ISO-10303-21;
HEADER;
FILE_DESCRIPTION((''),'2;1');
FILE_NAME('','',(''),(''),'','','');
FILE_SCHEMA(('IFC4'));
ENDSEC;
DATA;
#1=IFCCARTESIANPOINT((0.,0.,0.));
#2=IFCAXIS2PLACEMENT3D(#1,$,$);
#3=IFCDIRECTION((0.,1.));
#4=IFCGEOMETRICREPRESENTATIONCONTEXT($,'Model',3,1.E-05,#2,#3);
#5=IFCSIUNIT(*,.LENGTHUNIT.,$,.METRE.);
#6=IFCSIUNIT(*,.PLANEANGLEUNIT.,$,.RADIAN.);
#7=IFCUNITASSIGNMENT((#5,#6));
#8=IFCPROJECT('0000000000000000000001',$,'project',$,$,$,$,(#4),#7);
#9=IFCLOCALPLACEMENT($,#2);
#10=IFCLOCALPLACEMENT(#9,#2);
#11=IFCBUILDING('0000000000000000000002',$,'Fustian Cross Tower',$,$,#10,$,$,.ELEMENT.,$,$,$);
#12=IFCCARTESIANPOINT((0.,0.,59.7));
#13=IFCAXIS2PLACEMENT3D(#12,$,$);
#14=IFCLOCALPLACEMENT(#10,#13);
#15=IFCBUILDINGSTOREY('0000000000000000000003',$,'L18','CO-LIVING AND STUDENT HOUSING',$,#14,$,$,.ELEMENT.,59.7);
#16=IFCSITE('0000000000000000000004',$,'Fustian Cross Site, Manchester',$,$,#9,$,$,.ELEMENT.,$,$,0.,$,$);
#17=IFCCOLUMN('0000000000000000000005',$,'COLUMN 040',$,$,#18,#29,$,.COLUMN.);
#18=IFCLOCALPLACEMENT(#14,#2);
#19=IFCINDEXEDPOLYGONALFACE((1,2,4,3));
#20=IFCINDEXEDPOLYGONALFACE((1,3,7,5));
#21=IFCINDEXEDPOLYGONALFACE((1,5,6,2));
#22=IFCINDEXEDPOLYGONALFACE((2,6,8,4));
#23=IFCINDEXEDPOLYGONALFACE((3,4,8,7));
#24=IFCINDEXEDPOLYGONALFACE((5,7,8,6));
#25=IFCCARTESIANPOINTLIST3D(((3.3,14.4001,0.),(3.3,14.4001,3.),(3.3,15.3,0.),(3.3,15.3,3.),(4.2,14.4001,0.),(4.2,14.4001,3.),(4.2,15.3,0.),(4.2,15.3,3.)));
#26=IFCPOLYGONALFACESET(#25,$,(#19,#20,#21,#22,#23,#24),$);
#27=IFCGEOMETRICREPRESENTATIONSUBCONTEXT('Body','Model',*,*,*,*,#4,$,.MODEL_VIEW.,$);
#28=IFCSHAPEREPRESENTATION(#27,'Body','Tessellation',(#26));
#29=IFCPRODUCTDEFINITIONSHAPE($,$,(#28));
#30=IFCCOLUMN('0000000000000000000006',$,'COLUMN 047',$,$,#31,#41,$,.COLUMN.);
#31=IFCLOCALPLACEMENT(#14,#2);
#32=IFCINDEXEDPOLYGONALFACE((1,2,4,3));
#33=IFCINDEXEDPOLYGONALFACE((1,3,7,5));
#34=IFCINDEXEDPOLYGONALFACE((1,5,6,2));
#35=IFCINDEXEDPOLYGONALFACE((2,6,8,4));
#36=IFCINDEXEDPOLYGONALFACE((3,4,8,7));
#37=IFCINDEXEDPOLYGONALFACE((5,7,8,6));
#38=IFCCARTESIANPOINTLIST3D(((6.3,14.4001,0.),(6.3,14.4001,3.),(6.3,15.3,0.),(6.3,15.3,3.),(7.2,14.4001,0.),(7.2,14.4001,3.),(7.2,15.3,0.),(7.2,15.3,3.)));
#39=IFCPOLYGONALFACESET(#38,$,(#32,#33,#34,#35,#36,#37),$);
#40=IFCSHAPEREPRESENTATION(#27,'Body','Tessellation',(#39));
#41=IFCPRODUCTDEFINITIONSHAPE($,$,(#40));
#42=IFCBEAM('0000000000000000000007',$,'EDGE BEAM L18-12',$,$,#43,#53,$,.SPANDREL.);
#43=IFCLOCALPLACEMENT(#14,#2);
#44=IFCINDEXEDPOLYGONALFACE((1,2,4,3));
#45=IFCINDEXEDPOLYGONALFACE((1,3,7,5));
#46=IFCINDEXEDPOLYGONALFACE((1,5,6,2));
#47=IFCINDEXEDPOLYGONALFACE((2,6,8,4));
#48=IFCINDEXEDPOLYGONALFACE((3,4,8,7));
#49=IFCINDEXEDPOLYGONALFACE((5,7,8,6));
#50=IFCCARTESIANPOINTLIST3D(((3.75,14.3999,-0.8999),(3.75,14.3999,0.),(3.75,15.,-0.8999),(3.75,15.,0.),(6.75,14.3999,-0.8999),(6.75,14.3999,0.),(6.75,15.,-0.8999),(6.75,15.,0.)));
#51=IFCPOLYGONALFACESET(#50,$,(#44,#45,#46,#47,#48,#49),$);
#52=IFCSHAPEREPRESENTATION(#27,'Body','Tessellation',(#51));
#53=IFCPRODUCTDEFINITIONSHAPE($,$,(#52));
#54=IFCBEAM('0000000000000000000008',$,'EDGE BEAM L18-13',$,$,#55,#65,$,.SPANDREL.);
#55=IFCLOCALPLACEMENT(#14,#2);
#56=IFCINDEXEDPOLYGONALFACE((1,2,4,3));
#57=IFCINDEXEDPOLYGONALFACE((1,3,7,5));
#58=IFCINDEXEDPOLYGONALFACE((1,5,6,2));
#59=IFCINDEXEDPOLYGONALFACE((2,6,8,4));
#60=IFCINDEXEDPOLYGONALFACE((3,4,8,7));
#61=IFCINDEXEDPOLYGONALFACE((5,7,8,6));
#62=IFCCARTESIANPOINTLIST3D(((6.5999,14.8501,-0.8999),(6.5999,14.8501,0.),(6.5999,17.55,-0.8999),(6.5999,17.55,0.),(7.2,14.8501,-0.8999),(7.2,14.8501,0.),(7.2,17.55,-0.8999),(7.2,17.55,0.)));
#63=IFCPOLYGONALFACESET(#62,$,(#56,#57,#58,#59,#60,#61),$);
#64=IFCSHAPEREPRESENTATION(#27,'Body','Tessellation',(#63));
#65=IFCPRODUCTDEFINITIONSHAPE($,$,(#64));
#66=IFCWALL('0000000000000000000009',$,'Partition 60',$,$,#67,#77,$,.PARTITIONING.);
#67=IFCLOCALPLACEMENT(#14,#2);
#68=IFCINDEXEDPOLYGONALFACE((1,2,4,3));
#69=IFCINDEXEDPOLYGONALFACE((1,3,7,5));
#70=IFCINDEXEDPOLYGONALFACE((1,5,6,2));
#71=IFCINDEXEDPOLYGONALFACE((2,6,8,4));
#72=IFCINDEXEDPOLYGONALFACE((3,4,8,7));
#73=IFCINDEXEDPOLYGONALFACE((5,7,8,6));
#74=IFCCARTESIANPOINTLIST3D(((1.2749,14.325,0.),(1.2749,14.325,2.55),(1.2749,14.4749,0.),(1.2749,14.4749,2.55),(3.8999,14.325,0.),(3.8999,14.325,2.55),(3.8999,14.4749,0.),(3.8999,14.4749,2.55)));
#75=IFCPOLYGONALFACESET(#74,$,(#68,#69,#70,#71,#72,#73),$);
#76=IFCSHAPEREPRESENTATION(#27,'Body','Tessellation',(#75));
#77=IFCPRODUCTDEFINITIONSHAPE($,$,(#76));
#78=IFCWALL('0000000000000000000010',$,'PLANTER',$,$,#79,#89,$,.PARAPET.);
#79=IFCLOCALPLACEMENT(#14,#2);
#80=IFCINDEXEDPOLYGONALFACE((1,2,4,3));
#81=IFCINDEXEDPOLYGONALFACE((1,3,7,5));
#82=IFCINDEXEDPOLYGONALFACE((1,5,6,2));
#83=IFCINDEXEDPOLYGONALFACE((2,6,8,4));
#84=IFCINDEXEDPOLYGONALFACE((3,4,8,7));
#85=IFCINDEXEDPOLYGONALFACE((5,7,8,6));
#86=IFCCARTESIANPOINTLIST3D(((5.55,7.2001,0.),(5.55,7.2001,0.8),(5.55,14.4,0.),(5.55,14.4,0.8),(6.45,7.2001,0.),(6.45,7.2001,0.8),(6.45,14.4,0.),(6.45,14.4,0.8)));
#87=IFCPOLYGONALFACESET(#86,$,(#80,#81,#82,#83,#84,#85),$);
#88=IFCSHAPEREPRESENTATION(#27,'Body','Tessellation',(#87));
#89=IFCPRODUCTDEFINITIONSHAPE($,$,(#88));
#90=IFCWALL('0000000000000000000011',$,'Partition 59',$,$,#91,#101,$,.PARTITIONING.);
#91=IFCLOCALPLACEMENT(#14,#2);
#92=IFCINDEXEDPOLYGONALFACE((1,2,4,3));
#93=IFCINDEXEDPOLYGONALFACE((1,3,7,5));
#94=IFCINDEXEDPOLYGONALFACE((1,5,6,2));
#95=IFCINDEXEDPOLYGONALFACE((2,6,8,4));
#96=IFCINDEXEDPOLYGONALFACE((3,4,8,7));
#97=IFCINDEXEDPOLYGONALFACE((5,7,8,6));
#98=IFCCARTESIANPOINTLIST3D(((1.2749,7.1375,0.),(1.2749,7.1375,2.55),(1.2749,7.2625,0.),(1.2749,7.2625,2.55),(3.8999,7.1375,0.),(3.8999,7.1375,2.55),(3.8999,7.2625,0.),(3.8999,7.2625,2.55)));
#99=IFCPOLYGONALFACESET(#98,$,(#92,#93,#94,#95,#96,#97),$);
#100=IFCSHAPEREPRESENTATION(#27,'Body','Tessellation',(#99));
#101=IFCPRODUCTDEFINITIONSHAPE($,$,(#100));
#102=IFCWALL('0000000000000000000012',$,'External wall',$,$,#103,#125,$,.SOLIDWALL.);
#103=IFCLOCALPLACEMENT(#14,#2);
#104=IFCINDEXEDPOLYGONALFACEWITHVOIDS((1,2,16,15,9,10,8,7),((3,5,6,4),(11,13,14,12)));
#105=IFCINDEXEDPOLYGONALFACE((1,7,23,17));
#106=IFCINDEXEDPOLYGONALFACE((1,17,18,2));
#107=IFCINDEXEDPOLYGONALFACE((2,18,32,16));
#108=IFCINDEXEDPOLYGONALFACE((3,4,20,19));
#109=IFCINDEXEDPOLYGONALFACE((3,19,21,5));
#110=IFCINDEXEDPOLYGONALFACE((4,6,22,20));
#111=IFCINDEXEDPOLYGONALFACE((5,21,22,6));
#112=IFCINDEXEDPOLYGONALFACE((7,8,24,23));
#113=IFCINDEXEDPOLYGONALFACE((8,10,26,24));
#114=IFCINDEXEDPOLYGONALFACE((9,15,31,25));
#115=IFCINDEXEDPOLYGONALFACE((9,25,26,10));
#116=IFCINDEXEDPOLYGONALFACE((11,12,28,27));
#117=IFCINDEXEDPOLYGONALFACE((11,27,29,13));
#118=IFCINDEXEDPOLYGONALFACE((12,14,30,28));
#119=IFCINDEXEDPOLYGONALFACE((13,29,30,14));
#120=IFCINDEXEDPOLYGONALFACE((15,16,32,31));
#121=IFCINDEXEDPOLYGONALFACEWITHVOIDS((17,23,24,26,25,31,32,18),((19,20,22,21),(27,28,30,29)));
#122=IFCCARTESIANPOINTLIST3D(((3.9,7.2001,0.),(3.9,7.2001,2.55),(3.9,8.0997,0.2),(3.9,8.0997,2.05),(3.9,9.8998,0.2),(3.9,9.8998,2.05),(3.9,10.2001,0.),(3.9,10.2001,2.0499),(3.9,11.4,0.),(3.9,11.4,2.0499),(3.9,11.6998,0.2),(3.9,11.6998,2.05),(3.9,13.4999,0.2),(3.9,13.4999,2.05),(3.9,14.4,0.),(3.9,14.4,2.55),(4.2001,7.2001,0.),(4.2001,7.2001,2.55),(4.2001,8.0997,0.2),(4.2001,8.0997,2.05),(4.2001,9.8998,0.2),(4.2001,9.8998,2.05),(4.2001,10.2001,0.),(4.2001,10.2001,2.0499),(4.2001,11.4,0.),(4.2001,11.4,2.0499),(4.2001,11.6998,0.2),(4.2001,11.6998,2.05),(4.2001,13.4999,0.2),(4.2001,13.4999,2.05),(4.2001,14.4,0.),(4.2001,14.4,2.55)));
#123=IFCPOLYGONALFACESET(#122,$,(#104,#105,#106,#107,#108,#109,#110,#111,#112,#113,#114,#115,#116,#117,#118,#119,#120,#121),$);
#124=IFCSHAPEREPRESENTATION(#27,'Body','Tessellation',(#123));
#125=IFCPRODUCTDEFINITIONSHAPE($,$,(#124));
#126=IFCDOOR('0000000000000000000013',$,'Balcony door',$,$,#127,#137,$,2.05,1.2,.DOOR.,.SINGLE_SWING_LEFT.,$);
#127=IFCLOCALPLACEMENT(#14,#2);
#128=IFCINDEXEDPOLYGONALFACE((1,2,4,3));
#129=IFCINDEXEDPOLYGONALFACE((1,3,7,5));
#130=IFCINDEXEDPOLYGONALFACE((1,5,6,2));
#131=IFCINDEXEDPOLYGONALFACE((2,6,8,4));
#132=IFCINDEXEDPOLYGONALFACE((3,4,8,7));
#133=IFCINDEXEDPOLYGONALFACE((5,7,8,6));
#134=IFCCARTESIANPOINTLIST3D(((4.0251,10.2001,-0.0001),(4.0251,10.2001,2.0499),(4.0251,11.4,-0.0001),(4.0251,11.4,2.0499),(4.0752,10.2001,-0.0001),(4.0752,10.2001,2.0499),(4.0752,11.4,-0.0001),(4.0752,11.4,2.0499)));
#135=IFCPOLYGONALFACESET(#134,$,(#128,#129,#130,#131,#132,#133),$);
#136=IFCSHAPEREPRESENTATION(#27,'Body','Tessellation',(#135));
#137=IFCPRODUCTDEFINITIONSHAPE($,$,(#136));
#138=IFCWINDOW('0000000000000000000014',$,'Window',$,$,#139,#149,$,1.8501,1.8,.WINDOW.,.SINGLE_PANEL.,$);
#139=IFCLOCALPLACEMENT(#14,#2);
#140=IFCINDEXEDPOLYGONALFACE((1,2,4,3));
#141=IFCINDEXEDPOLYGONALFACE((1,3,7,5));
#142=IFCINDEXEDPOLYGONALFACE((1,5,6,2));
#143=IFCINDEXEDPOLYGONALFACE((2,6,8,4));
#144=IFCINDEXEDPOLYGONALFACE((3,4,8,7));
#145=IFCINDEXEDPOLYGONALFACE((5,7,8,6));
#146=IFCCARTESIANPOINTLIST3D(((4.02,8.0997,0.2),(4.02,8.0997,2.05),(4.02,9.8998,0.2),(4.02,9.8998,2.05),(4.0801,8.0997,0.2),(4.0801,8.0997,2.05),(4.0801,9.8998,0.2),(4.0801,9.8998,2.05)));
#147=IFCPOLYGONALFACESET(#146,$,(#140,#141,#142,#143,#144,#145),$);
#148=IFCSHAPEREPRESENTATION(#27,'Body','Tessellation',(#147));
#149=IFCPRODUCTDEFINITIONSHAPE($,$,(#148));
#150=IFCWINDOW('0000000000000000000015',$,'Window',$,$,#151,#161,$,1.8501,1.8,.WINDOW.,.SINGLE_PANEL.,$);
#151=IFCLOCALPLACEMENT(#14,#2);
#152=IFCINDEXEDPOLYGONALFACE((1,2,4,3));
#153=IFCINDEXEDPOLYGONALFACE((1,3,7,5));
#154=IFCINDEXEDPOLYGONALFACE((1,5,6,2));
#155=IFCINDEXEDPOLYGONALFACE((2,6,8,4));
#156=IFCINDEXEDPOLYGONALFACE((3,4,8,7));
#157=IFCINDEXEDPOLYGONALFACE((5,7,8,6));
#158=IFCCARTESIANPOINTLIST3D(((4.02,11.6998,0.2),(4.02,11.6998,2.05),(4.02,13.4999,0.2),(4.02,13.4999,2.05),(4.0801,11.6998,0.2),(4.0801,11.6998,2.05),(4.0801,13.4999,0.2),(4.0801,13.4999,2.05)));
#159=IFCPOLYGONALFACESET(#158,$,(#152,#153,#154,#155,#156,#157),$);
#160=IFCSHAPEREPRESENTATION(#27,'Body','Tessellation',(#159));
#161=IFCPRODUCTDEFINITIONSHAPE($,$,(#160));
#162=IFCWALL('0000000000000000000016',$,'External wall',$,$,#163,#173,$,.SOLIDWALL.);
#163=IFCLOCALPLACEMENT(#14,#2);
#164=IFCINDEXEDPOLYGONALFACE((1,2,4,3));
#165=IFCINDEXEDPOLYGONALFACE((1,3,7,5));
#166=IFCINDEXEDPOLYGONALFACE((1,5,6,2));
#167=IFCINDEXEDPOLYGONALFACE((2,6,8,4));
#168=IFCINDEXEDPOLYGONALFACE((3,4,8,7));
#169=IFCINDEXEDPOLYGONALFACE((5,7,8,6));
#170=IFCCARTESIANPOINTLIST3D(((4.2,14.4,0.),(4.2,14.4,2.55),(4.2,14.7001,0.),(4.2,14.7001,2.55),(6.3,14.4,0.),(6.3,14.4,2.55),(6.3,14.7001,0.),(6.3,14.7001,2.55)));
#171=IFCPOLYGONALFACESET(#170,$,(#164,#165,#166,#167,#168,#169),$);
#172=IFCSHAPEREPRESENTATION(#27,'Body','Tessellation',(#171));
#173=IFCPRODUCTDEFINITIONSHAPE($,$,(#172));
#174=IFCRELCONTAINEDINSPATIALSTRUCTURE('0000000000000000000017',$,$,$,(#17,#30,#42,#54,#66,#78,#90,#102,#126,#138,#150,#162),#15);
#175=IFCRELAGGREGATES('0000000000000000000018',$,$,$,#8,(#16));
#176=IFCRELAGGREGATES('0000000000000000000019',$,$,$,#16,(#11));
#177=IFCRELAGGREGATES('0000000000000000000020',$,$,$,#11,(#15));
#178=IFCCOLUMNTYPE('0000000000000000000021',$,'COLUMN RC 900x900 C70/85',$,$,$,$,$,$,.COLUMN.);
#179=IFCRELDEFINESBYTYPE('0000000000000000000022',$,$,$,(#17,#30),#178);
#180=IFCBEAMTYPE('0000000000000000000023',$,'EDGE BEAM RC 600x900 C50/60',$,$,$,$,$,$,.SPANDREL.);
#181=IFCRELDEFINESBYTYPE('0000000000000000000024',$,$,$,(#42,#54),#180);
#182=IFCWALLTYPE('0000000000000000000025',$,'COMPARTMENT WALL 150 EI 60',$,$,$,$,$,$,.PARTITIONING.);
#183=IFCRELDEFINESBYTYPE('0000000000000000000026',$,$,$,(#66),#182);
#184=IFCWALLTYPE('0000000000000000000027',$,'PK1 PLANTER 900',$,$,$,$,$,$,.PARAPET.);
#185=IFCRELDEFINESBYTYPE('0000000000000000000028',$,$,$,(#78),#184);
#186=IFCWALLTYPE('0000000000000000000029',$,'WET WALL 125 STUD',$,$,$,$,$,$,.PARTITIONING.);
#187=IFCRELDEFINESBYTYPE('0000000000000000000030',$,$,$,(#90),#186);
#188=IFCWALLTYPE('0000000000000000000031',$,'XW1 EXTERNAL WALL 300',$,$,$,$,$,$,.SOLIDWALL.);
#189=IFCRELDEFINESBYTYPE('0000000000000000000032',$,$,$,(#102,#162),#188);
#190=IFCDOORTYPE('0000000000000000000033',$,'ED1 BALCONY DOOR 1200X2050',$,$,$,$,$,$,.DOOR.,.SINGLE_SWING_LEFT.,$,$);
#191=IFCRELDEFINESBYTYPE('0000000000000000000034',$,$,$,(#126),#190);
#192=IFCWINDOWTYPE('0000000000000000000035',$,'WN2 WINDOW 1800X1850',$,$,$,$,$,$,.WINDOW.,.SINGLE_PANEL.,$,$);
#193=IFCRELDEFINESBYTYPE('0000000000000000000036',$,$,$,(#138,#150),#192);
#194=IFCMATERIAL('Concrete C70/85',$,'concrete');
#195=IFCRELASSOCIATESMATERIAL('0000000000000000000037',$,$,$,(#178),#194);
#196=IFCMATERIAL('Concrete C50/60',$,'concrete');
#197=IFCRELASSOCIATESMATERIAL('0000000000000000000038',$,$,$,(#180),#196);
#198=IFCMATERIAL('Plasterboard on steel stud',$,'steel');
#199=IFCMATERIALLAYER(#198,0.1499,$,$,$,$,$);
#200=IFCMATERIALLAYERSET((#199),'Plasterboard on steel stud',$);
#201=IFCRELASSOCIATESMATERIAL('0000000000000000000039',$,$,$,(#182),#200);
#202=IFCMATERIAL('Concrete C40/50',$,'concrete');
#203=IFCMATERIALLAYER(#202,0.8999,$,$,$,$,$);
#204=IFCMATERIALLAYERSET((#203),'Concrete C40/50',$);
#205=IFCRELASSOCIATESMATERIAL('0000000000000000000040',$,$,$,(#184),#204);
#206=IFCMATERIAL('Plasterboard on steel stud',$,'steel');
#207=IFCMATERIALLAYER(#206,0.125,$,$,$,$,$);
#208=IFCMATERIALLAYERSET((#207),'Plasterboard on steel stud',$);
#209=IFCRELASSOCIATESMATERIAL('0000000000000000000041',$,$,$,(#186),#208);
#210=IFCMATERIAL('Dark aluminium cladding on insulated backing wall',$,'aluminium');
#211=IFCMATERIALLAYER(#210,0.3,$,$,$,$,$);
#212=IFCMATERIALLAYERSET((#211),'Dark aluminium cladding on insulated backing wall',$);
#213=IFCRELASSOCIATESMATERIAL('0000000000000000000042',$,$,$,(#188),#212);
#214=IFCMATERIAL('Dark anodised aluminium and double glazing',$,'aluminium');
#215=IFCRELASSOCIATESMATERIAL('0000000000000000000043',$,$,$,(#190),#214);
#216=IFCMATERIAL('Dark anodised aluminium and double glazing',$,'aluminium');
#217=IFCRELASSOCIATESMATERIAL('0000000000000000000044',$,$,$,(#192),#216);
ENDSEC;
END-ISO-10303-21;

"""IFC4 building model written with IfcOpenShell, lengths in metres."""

from ifc_helpers import new_model, si_unit, direction, frame, frame_2d, origin, origin_2d, place, context, subcontext, project, spatial, rectangle, extrude, material, layer, layer_set, material_profile, profile_set, type_object, element, fill, save


model = new_model("IFC4")

# Units and contexts
model_context = context("Model", 3, precision=1e-05, world=origin(), true_north=direction((0.0, 1.0)))
body_context = subcontext(model_context, "Body", "Model", "MODEL_VIEW")
ifc_project = project(units=[si_unit("LENGTHUNIT", "METRE"), si_unit("PLANEANGLEUNIT", "RADIAN")], contexts=[model_context])

# Site, building, storey
site_placement = place(None, origin())
site = spatial("IfcSite", under=ifc_project, at=site_placement, Name="Fustian Cross Site, Manchester", CompositionType="ELEMENT", RefElevation=0.0)
building_placement = place(site_placement, origin())
building = spatial("IfcBuilding", under=site, at=building_placement, Name="Fustian Cross Tower", CompositionType="ELEMENT")
storey_placement = place(building_placement, frame((0.0, 0.0, 59.7)))
storey = spatial("IfcBuildingStorey", under=building, at=storey_placement, Name="L18", Description="CO-LIVING AND STUDENT HOUSING", CompositionType="ELEMENT", Elevation=59.7)

# Columns
ifc_material_1 = material(Name="Concrete C70/85", Category="concrete")
ifc_material_profile_1 = material_profile(ifc_material_1, rectangle(XDim=0.8999, YDim=0.8999, at=origin_2d()), Name="RC 900x900")
ifc_profile_set_1 = profile_set([ifc_material_profile_1], Name="Concrete C70/85")
column_type = type_object("IfcColumnType", Name="COLUMN RC 900x900 C70/85", PredefinedType="COLUMN", material=ifc_profile_set_1)
for number, where, z_axis, x_axis, name in (
    (1, (3.75, 14.8501, 0.0), (0.0, 0.0, 1.0), (1.0, 0.0, 0.0), "COLUMN 040"),
    (2, (6.75, 14.8501, 0.0), (0.0, 0.0, 1.0), (1.0, 0.0, 0.0), "COLUMN 047"),
):
    element("IfcColumn", number, at=place(storey_placement, frame(where, z_axis=z_axis, x_axis=x_axis)), inside=storey, type_object=column_type, Name=name, PredefinedType="COLUMN", context=body_context, shape_type="SweptSolid", body=[
        extrude(rectangle(XDim=0.8999, YDim=0.8999, at=origin_2d()), origin(), (0.0, 0.0, 1.0), 3.0),
    ])

# Beams
ifc_material_2 = material(Name="Concrete C50/60", Category="concrete")
ifc_material_profile_2 = material_profile(ifc_material_2, rectangle(XDim=0.6001, YDim=0.8999, at=origin_2d()), Name="RC 600x900")
ifc_profile_set_2 = profile_set([ifc_material_profile_2], Name="Concrete C50/60")
beam_type = type_object("IfcBeamType", Name="EDGE BEAM RC 600x900 C50/60", PredefinedType="SPANDREL", material=ifc_profile_set_2)
beam_1_placement = place(storey_placement, frame((3.75, 14.7, -0.45), z_axis=(1.0, 0.0, 0.0), x_axis=(0.0, 1.0, 0.0)))
element("IfcBeam", 3, at=beam_1_placement, inside=storey, type_object=beam_type, Name="EDGE BEAM L18-12", PredefinedType="SPANDREL", context=body_context, shape_type="SweptSolid", body=[
    extrude(rectangle(XDim=0.6001, YDim=0.8999, at=origin_2d()), origin(), (0.0, 0.0, 1.0), 3.0),
])
beam_2_placement = place(storey_placement, frame((6.8999, 14.8501, -0.45), z_axis=(0.0, 1.0, 0.0), x_axis=(-1.0, 0.0, 0.0)))
element("IfcBeam", 4, at=beam_2_placement, inside=storey, type_object=beam_type, Name="EDGE BEAM L18-13", PredefinedType="SPANDREL", context=body_context, shape_type="SweptSolid", body=[
    extrude(rectangle(XDim=0.6001, YDim=0.8999, at=origin_2d()), origin(), (0.0, 0.0, 1.0), 2.7),
])

# Walls
ifc_material_3 = material(Name="Plasterboard on steel stud", Category="steel")
ifc_layer_1 = layer(ifc_material_3, 0.1499)
ifc_layer_set_1 = layer_set([ifc_layer_1], Name="Plasterboard on steel stud")
wall_type_1 = type_object("IfcWallType", Name="COMPARTMENT WALL 150 EI 60", PredefinedType="PARTITIONING", material=ifc_layer_set_1)
wall_1_placement = place(storey_placement, frame((1.2749, 14.3999, 0.0), z_axis=(0.0, 0.0, 1.0), x_axis=(1.0, 0.0, 0.0)))
element("IfcWall", 5, at=wall_1_placement, inside=storey, type_object=wall_type_1, Name="Partition 60", PredefinedType="PARTITIONING", context=body_context, shape_type="SweptSolid", body=[
    extrude(rectangle(XDim=2.625, YDim=0.1499, at=frame_2d((1.3125, 0.0))), origin(), (0.0, 0.0, 1.0), 2.55),
])
ifc_material_4 = material(Name="Concrete C40/50", Category="concrete")
ifc_layer_2 = layer(ifc_material_4, 0.8999)
ifc_layer_set_2 = layer_set([ifc_layer_2], Name="Concrete C40/50")
wall_type_2 = type_object("IfcWallType", Name="PK1 PLANTER 900", PredefinedType="PARAPET", material=ifc_layer_set_2)
wall_2_placement = place(storey_placement, frame((6.0, 7.2, 0.0), z_axis=(0.0, 0.0, 1.0), x_axis=(0.0, 1.0, 0.0)))
element("IfcWall", 6, at=wall_2_placement, inside=storey, type_object=wall_type_2, Name="PLANTER", PredefinedType="PARAPET", context=body_context, shape_type="SweptSolid", body=[
    extrude(rectangle(XDim=7.2, YDim=0.8999, at=frame_2d((3.6001, 0.0))), origin(), (0.0, 0.0, 1.0), 0.8),
])
ifc_material_5 = material(Name="Plasterboard on steel stud", Category="steel")
ifc_layer_3 = layer(ifc_material_5, 0.125)
ifc_layer_set_3 = layer_set([ifc_layer_3], Name="Plasterboard on steel stud")
wall_type_3 = type_object("IfcWallType", Name="WET WALL 125 STUD", PredefinedType="PARTITIONING", material=ifc_layer_set_3)
wall_3_placement = place(storey_placement, frame((1.2749, 7.2, 0.0), z_axis=(0.0, 0.0, 1.0), x_axis=(1.0, 0.0, 0.0)))
element("IfcWall", 7, at=wall_3_placement, inside=storey, type_object=wall_type_3, Name="Partition 59", PredefinedType="PARTITIONING", context=body_context, shape_type="SweptSolid", body=[
    extrude(rectangle(XDim=2.625, YDim=0.125, at=frame_2d((1.3125, 0.0))), origin(), (0.0, 0.0, 1.0), 2.55),
])

# Wall, openings, door, windows
ifc_material_6 = material(Name="Dark aluminium cladding on insulated backing wall", Category="aluminium")
ifc_layer_4 = layer(ifc_material_6, 0.3)
ifc_layer_set_4 = layer_set([ifc_layer_4], Name="Dark aluminium cladding on insulated backing wall")
wall_type_4 = type_object("IfcWallType", Name="XW1 EXTERNAL WALL 300", PredefinedType="SOLIDWALL", material=ifc_layer_set_4)
wall_4_placement = place(storey_placement, frame((4.05, 7.2, 0.0), z_axis=(0.0, 0.0, 1.0), x_axis=(0.0, 1.0, 0.0)))
wall_4 = element("IfcWall", 8, at=wall_4_placement, inside=storey, type_object=wall_type_4, Name="External wall", PredefinedType="SOLIDWALL", context=body_context, shape_type="SweptSolid", body=[
    extrude(rectangle(XDim=7.2, YDim=0.3, at=frame_2d((3.6001, 0.0))), origin(), (0.0, 0.0, 1.0), 2.55),
])
opening_1_placement = place(wall_4_placement, frame((3.0, 0.0, 0.0)))
opening_1 = element("IfcOpeningElement", 9, at=opening_1_placement, cuts=wall_4, PredefinedType="OPENING", context=body_context, shape_type="SweptSolid", body=[
    extrude(rectangle(XDim=1.2, YDim=2.05, at=frame_2d((0.6001, 1.0249))), frame((0.0, 0.1599, 0.0), z_axis=(0.0, -1.0, 0.0), x_axis=(1.0, 0.0, 0.0)), (0.0, 0.0, 1.0), 0.3201),
])
opening_2_placement = place(wall_4_placement, frame((0.8999, 0.0, 0.2)))
opening_2 = element("IfcOpeningElement", 10, at=opening_2_placement, cuts=wall_4, PredefinedType="OPENING", context=body_context, shape_type="SweptSolid", body=[
    extrude(rectangle(XDim=1.8, YDim=1.8501, at=frame_2d((0.8999, 0.925))), frame((0.0, 0.1599, 0.0), z_axis=(0.0, -1.0, 0.0), x_axis=(1.0, 0.0, 0.0)), (0.0, 0.0, 1.0), 0.3201),
])
opening_3_placement = place(wall_4_placement, frame((4.5, 0.0, 0.2)))
opening_3 = element("IfcOpeningElement", 11, at=opening_3_placement, cuts=wall_4, PredefinedType="OPENING", context=body_context, shape_type="SweptSolid", body=[
    extrude(rectangle(XDim=1.8, YDim=1.8501, at=frame_2d((0.8999, 0.925))), frame((0.0, 0.1599, 0.0), z_axis=(0.0, -1.0, 0.0), x_axis=(1.0, 0.0, 0.0)), (0.0, 0.0, 1.0), 0.3201),
])
ifc_material_7 = material(Name="Dark anodised aluminium and double glazing", Category="aluminium")
door_type = type_object("IfcDoorType", Name="ED1 BALCONY DOOR 1200X2050", OperationType="SINGLE_SWING_LEFT", PredefinedType="DOOR", material=ifc_material_7)
door_placement = place(opening_1_placement, origin())
door = element("IfcDoor", 12, at=door_placement, inside=storey, type_object=door_type, Name="Balcony door", OperationType="SINGLE_SWING_LEFT", OverallHeight=2.05, OverallWidth=1.2, PredefinedType="DOOR", context=body_context, shape_type="SweptSolid", body=[
    extrude(rectangle(XDim=1.2, YDim=2.05, at=frame_2d((0.6001, 1.0249))), frame((0.0, 0.0249, 0.0), z_axis=(0.0, -1.0, 0.0), x_axis=(1.0, 0.0, 0.0)), (0.0, 0.0, 1.0), 0.05),
])
fill(opening_1, door)
ifc_material_8 = material(Name="Dark anodised aluminium and double glazing", Category="aluminium")
window_type = type_object("IfcWindowType", Name="WN2 WINDOW 1800X1850", PartitioningType="SINGLE_PANEL", PredefinedType="WINDOW", material=ifc_material_8)
window_1_placement = place(opening_2_placement, origin())
window_1 = element("IfcWindow", 13, at=window_1_placement, inside=storey, type_object=window_type, Name="Window", OverallHeight=1.8501, OverallWidth=1.8, PartitioningType="SINGLE_PANEL", PredefinedType="WINDOW", context=body_context, shape_type="SweptSolid", body=[
    extrude(rectangle(XDim=1.8, YDim=1.8501, at=frame_2d((0.8999, 0.925))), frame((0.0, 0.03, 0.0), z_axis=(0.0, -1.0, 0.0), x_axis=(1.0, 0.0, 0.0)), (0.0, 0.0, 1.0), 0.0601),
])
fill(opening_2, window_1)
window_2_placement = place(opening_3_placement, origin())
window_2 = element("IfcWindow", 14, at=window_2_placement, inside=storey, type_object=window_type, Name="Window", OverallHeight=1.8501, OverallWidth=1.8, PartitioningType="SINGLE_PANEL", PredefinedType="WINDOW", context=body_context, shape_type="SweptSolid", body=[
    extrude(rectangle(XDim=1.8, YDim=1.8501, at=frame_2d((0.8999, 0.925))), frame((0.0, 0.03, 0.0), z_axis=(0.0, -1.0, 0.0), x_axis=(1.0, 0.0, 0.0)), (0.0, 0.0, 1.0), 0.0601),
])
fill(opening_3, window_2)

# Wall
wall_5_placement = place(storey_placement, frame((4.2, 14.55, 0.0), z_axis=(0.0, 0.0, 1.0), x_axis=(1.0, 0.0, 0.0)))
element("IfcWall", 15, at=wall_5_placement, inside=storey, type_object=wall_type_4, Name="External wall", PredefinedType="SOLIDWALL", context=body_context, shape_type="SweptSolid", body=[
    extrude(rectangle(XDim=2.1001, YDim=0.3, at=frame_2d((1.05, 0.0))), origin(), (0.0, 0.0, 1.0), 2.55),
])

save(model, "model.ifc")
